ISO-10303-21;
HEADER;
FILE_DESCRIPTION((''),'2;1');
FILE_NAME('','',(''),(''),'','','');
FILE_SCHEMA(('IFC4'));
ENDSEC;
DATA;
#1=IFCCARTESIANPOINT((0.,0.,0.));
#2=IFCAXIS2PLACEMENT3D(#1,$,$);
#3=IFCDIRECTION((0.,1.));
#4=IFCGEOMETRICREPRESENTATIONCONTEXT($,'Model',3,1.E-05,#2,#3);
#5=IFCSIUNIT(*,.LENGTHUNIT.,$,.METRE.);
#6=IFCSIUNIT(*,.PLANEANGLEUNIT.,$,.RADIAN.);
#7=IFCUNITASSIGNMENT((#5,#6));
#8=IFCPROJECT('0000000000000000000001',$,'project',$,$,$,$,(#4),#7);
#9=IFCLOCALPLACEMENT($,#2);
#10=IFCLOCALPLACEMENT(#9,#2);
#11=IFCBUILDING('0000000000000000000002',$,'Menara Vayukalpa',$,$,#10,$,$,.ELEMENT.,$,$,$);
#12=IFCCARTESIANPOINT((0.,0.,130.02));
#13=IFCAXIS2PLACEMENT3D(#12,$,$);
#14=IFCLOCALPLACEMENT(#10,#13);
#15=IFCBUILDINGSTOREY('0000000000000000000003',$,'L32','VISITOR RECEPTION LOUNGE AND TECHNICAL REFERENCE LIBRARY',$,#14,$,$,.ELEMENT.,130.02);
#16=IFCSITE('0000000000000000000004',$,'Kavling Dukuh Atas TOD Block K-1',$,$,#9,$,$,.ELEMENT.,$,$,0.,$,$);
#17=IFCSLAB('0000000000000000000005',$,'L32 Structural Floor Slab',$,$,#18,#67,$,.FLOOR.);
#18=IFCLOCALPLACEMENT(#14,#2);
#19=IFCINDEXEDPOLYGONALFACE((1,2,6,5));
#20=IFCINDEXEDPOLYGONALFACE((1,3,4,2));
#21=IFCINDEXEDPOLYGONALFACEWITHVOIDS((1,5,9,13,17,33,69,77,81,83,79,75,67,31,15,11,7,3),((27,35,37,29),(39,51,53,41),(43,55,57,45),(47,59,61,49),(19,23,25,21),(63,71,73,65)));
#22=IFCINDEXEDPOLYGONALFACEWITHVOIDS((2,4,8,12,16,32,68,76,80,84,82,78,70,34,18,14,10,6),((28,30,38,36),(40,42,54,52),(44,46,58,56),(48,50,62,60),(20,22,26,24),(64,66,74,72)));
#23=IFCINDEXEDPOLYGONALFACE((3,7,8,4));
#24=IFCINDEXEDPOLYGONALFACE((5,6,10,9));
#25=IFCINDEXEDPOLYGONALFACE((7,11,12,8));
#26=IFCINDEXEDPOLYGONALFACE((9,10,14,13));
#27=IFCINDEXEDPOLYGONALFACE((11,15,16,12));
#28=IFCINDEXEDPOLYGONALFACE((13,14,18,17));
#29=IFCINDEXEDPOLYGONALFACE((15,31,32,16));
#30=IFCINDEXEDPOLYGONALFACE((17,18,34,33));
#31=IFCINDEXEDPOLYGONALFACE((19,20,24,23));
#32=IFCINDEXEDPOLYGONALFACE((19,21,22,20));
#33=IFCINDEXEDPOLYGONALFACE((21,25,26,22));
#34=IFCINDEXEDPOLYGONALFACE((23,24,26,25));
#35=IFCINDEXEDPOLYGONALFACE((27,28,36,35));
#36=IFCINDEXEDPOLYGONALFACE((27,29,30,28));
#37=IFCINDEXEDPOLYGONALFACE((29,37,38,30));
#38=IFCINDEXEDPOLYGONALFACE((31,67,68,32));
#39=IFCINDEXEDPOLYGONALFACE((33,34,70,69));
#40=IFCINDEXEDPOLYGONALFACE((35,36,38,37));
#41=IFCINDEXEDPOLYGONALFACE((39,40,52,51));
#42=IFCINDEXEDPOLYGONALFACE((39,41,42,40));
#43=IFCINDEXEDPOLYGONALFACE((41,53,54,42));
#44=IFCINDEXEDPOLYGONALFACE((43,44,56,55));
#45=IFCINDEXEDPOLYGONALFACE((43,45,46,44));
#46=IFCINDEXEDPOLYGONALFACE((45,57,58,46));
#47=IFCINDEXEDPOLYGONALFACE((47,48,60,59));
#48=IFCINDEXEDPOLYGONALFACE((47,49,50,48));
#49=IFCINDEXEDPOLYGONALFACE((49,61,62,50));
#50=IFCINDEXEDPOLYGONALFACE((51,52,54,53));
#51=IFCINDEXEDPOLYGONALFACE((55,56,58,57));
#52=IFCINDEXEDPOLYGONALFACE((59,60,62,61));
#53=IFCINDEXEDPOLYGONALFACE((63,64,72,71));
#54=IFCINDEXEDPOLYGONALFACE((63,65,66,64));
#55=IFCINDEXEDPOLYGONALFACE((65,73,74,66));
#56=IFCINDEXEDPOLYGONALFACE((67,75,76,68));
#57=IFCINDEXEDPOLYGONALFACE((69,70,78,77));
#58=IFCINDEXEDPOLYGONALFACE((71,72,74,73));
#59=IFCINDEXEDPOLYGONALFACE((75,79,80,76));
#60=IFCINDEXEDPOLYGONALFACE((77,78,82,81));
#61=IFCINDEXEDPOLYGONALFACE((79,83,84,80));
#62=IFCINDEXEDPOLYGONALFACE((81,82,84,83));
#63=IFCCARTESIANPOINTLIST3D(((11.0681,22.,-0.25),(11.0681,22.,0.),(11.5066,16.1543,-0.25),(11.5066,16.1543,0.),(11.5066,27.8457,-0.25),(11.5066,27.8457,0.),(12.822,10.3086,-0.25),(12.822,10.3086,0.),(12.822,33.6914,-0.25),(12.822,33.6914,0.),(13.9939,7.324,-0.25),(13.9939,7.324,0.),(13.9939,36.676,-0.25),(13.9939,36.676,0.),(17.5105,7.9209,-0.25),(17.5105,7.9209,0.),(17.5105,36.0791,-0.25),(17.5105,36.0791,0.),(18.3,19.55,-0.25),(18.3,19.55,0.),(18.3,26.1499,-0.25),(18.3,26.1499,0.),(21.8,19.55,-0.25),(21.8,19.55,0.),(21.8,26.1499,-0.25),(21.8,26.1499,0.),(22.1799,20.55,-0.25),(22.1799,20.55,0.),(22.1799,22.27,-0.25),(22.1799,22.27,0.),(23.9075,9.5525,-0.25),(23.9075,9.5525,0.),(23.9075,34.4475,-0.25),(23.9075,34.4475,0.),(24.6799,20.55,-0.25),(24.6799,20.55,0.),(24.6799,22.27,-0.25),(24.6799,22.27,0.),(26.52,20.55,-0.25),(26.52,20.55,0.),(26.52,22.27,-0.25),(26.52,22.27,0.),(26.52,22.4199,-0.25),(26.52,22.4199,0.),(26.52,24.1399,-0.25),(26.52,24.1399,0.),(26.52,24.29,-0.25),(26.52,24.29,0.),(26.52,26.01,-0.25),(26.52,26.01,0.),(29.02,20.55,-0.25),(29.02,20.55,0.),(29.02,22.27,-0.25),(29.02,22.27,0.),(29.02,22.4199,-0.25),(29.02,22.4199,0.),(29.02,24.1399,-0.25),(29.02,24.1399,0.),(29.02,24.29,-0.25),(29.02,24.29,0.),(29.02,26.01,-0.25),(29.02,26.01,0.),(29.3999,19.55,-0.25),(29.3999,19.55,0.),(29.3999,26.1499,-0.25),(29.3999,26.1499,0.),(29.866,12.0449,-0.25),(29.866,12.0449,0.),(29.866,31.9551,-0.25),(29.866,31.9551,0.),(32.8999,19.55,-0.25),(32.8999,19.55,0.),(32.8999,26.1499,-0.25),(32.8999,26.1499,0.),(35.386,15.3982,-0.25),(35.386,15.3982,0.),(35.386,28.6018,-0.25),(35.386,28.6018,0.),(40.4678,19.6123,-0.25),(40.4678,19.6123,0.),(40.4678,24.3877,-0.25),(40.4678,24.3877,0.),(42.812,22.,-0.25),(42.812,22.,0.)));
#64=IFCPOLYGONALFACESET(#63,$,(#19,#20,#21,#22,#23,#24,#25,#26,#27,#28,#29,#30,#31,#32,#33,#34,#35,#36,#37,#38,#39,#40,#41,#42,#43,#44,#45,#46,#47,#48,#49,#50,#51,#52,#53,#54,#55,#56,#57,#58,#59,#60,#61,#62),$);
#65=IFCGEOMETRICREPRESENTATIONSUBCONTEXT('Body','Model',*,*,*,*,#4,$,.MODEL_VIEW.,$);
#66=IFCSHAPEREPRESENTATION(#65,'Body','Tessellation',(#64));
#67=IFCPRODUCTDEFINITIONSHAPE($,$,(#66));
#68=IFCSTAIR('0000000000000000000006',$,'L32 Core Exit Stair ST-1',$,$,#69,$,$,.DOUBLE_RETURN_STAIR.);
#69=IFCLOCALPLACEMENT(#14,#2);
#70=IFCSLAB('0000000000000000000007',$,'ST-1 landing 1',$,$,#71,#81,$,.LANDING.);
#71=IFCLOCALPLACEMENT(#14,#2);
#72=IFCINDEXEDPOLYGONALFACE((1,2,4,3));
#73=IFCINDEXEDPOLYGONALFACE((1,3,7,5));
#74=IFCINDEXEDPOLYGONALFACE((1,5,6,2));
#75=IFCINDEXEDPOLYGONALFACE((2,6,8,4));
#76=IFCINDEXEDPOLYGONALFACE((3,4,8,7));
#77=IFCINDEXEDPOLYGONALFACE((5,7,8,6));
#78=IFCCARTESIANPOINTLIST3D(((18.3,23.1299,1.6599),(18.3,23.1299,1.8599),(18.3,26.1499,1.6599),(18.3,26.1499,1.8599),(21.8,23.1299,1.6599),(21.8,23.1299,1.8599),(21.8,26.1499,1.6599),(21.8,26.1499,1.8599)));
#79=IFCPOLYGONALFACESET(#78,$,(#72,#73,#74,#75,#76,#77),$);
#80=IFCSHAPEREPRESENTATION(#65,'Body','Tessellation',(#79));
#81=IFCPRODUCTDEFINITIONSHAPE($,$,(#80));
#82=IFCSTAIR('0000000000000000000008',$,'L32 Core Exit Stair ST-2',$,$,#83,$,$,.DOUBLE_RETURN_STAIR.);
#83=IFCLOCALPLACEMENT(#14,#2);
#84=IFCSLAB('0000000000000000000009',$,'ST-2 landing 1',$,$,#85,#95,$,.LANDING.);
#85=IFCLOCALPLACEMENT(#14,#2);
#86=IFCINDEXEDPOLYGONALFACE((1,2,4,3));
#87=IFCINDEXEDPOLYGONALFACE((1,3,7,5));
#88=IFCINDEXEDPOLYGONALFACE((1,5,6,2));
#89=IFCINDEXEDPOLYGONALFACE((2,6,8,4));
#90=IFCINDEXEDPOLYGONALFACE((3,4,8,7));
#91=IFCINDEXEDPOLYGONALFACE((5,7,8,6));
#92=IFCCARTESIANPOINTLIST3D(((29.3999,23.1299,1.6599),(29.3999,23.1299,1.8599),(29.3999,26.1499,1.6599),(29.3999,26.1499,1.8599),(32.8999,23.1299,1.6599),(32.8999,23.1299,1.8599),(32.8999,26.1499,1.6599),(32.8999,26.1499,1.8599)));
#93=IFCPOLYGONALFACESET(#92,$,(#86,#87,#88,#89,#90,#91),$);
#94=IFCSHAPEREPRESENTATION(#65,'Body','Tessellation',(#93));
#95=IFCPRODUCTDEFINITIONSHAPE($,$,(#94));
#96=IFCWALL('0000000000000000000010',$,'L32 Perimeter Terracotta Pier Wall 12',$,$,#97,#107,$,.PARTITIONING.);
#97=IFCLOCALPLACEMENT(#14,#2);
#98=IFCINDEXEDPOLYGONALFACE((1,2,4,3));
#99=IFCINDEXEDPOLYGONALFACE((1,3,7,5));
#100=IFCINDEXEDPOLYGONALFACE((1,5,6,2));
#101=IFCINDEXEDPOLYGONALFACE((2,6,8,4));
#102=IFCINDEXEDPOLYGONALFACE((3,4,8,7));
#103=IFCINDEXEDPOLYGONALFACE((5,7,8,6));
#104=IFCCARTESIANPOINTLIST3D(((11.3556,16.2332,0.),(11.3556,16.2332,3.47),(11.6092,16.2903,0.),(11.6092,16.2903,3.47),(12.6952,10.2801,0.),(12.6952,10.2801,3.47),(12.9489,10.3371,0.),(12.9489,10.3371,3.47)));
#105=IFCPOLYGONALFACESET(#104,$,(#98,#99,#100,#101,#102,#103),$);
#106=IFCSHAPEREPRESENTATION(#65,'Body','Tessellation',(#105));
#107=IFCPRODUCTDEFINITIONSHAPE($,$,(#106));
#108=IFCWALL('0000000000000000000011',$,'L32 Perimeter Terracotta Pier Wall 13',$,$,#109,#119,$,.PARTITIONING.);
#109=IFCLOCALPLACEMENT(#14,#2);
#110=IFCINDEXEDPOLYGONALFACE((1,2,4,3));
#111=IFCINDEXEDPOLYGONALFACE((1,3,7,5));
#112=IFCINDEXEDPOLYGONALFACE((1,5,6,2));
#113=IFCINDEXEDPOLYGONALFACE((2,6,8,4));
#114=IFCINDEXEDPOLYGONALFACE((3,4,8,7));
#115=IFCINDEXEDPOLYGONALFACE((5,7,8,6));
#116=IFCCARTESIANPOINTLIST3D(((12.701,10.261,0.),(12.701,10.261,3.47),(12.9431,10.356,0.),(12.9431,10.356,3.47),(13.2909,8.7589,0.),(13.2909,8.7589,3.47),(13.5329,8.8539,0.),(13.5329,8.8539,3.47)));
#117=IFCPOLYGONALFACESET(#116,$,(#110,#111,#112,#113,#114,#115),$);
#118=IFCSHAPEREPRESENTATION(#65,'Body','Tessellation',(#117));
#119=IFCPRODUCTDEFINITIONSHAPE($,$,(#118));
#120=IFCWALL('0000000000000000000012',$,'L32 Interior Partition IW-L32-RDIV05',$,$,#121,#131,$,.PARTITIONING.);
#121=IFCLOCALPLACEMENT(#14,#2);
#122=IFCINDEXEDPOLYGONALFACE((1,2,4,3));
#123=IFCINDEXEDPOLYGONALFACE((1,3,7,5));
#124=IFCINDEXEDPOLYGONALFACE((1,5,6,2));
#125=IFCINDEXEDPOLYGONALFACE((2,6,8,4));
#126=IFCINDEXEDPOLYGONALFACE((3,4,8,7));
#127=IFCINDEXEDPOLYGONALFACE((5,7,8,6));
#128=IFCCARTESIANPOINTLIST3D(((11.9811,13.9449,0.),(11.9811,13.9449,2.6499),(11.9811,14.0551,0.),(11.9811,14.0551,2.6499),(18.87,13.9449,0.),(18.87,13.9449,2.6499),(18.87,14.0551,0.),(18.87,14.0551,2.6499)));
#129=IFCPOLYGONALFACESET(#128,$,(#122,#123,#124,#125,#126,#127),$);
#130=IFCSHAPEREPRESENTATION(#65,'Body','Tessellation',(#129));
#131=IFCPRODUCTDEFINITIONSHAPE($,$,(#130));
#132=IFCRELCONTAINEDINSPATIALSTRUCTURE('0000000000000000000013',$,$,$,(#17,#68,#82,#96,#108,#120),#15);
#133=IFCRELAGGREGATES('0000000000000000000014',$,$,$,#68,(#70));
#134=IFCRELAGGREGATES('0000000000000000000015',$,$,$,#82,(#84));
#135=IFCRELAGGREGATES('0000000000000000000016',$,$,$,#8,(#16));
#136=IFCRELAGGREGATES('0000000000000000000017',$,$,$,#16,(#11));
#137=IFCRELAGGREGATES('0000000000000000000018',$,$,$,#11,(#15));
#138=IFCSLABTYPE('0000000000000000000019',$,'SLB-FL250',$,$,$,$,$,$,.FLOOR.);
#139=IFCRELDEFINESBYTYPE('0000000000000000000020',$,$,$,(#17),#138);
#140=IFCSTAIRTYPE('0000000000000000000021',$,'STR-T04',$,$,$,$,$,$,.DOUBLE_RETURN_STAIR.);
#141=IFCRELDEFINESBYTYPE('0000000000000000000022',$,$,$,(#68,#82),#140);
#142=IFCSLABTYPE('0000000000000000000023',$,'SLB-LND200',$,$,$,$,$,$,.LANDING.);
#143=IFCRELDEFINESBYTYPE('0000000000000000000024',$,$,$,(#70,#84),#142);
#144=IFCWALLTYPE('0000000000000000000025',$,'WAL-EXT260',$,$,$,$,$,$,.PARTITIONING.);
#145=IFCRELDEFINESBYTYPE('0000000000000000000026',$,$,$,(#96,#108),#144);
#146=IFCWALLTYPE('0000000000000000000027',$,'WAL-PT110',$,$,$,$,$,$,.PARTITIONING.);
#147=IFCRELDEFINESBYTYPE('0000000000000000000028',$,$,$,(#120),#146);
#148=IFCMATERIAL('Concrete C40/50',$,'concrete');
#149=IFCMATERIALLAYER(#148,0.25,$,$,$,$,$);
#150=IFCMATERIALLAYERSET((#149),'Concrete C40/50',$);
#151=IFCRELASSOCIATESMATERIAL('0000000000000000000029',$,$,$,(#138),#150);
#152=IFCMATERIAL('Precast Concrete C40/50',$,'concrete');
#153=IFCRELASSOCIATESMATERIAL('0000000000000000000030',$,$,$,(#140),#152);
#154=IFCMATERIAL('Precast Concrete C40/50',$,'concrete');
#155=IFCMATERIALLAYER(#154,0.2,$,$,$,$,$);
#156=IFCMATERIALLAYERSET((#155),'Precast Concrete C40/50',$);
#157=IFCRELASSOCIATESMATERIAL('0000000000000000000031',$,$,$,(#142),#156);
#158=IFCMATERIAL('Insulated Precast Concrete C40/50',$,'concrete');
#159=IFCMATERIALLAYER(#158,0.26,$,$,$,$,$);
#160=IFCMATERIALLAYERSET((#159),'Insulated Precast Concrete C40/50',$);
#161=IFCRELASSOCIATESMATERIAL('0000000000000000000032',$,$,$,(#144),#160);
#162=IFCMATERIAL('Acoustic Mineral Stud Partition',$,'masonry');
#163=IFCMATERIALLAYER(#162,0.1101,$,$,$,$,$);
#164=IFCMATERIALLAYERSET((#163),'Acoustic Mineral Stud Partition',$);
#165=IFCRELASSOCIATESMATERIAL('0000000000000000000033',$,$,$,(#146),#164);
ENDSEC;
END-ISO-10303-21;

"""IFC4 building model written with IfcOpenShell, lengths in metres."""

from ifc_helpers import new_model, si_unit, direction, frame, frame_2d, origin, place, context, subcontext, project, spatial, polyline, rectangle, outline, extrude, material, layer, layer_set, type_object, element, aggregate, save


model = new_model("IFC4")

# Units and contexts
model_context = context("Model", 3, precision=1e-05, world=origin(), true_north=direction((0.0, 1.0)))
body_context = subcontext(model_context, "Body", "Model", "MODEL_VIEW")
ifc_project = project(units=[si_unit("LENGTHUNIT", "METRE"), si_unit("PLANEANGLEUNIT", "RADIAN")], contexts=[model_context])

# Site, building, storey
site_placement = place(None, origin())
site = spatial("IfcSite", under=ifc_project, at=site_placement, Name="Kavling Dukuh Atas TOD Block K-1", CompositionType="ELEMENT", RefElevation=0.0)
building_placement = place(site_placement, origin())
building = spatial("IfcBuilding", under=site, at=building_placement, Name="Menara Vayukalpa", CompositionType="ELEMENT")
storey_placement = place(building_placement, frame((0.0, 0.0, 130.02)))
storey = spatial("IfcBuildingStorey", under=building, at=storey_placement, Name="L32", Description="VISITOR RECEPTION LOUNGE AND TECHNICAL REFERENCE LIBRARY", CompositionType="ELEMENT", Elevation=130.02)

# Slab
ifc_material_1 = material(Name="Concrete C40/50", Category="concrete")
ifc_layer_1 = layer(ifc_material_1, 0.25)
ifc_layer_set_1 = layer_set([ifc_layer_1], Name="Concrete C40/50")
slab_type_1 = type_object("IfcSlabType", Name="SLB-FL250", PredefinedType="FLOOR", material=ifc_layer_set_1)
slab_1_placement = place(storey_placement, frame((0.0, 0.0, -0.25)))
element("IfcSlab", 1, at=slab_1_placement, inside=storey, type_object=slab_type_1, Name="L32 Structural Floor Slab", PredefinedType="FLOOR", context=body_context, shape_type="SweptSolid", body=[
    extrude(outline(polyline([(40.4678, 19.6123), (42.812, 22.0), (40.4678, 24.3877), (35.386, 28.6018), (29.866, 31.9551), (23.9075, 34.4475), (17.5105, 36.0791), (13.9939, 36.676), (12.822, 33.6914), (11.5066, 27.8457), (11.0681, 22.0), (11.5066, 16.1543), (12.822, 10.3086), (13.9939, 7.324), (17.5105, 7.9209), (23.9075, 9.5525), (29.866, 12.0449), (35.386, 15.3982), (40.4678, 19.6123)]), holes=[polyline([(21.8, 19.55), (21.8, 26.1499), (18.3, 26.1499), (18.3, 19.55), (21.8, 19.55)]), polyline([(32.8999, 19.55), (32.8999, 26.1499), (29.3999, 26.1499), (29.3999, 19.55), (32.8999, 19.55)]), polyline([(22.1799, 20.55), (24.6799, 20.55), (24.6799, 22.27), (22.1799, 22.27), (22.1799, 20.55)]), polyline([(26.52, 20.55), (29.02, 20.55), (29.02, 22.27), (26.52, 22.27), (26.52, 20.55)]), polyline([(26.52, 24.29), (29.02, 24.29), (29.02, 26.01), (26.52, 26.01), (26.52, 24.29)]), polyline([(26.52, 22.4199), (29.02, 22.4199), (29.02, 24.1399), (26.52, 24.1399), (26.52, 22.4199)])]), origin(), (0.0, 0.0, 1.0), 0.25),
])

# Stairs, slabs
ifc_material_2 = material(Name="Precast Concrete C40/50", Category="concrete")
stair_type = type_object("IfcStairType", Name="STR-T04", PredefinedType="DOUBLE_RETURN_STAIR", material=ifc_material_2)
stair_1_placement = place(storey_placement, origin())
stair_1 = element("IfcStair", 2, at=stair_1_placement, inside=storey, type_object=stair_type, Name="L32 Core Exit Stair ST-1", PredefinedType="DOUBLE_RETURN_STAIR")
ifc_material_3 = material(Name="Precast Concrete C40/50", Category="concrete")
ifc_layer_2 = layer(ifc_material_3, 0.2)
ifc_layer_set_2 = layer_set([ifc_layer_2], Name="Precast Concrete C40/50")
slab_type_2 = type_object("IfcSlabType", Name="SLB-LND200", PredefinedType="LANDING", material=ifc_layer_set_2)
slab_2_placement = place(storey_placement, frame((0.0, 0.0, 1.6599)))
slab_2 = element("IfcSlab", 3, at=slab_2_placement, type_object=slab_type_2, Name="ST-1 landing 1", PredefinedType="LANDING", context=body_context, shape_type="SweptSolid", body=[
    extrude(outline(polyline([(21.8, 23.1299), (21.8, 26.1499), (18.3, 26.1499), (18.3, 23.1299), (21.8, 23.1299)])), origin(), (0.0, 0.0, 1.0), 0.2),
])
aggregate(stair_1, [slab_2])
stair_2_placement = place(storey_placement, origin())
stair_2 = element("IfcStair", 4, at=stair_2_placement, inside=storey, type_object=stair_type, Name="L32 Core Exit Stair ST-2", PredefinedType="DOUBLE_RETURN_STAIR")
slab_3_placement = place(storey_placement, frame((0.0, 0.0, 1.6599)))
slab_3 = element("IfcSlab", 5, at=slab_3_placement, type_object=slab_type_2, Name="ST-2 landing 1", PredefinedType="LANDING", context=body_context, shape_type="SweptSolid", body=[
    extrude(outline(polyline([(32.8999, 23.1299), (32.8999, 26.1499), (29.3999, 26.1499), (29.3999, 23.1299), (32.8999, 23.1299)])), origin(), (0.0, 0.0, 1.0), 0.2),
])
aggregate(stair_2, [slab_3])

# Walls
ifc_material_4 = material(Name="Insulated Precast Concrete C40/50", Category="concrete")
ifc_layer_3 = layer(ifc_material_4, 0.26)
ifc_layer_set_3 = layer_set([ifc_layer_3], Name="Insulated Precast Concrete C40/50")
wall_type_1 = type_object("IfcWallType", Name="WAL-EXT260", PredefinedType="PARTITIONING", material=ifc_layer_set_3)
wall_1_placement = place(storey_placement, frame((12.822, 10.3086, 0.0), z_axis=(0.0, 0.0, 1.0), x_axis=(-0.219535, 0.975605, 0.0)))
element("IfcWall", 6, at=wall_1_placement, inside=storey, type_object=wall_type_1, Name="L32 Perimeter Terracotta Pier Wall 12", PredefinedType="PARTITIONING", context=body_context, shape_type="SweptSolid", body=[
    extrude(rectangle(XDim=6.1021, YDim=0.26, at=frame_2d((3.051, 0.0))), origin(), (0.0, 0.0, 1.0), 3.47),
])
wall_2_placement = place(storey_placement, frame((13.4119, 8.8064, 0.0), z_axis=(0.0, 0.0, 1.0), x_axis=(-0.365489, 0.930816, 0.0)))
element("IfcWall", 7, at=wall_2_placement, inside=storey, type_object=wall_type_1, Name="L32 Perimeter Terracotta Pier Wall 13", PredefinedType="PARTITIONING", context=body_context, shape_type="SweptSolid", body=[
    extrude(rectangle(XDim=1.6138, YDim=0.26, at=frame_2d((0.8069, 0.0))), origin(), (0.0, 0.0, 1.0), 3.47),
])
ifc_material_5 = material(Name="Acoustic Mineral Stud Partition", Category="masonry")
ifc_layer_4 = layer(ifc_material_5, 0.1101)
ifc_layer_set_4 = layer_set([ifc_layer_4], Name="Acoustic Mineral Stud Partition")
wall_type_2 = type_object("IfcWallType", Name="WAL-PT110", PredefinedType="PARTITIONING", material=ifc_layer_set_4)
wall_3_placement = place(storey_placement, frame((11.9812, 14.0, 0.0), z_axis=(0.0, 0.0, 1.0), x_axis=(1.0, 0.0, 0.0)))
element("IfcWall", 8, at=wall_3_placement, inside=storey, type_object=wall_type_2, Name="L32 Interior Partition IW-L32-RDIV05", PredefinedType="PARTITIONING", context=body_context, shape_type="SweptSolid", body=[
    extrude(rectangle(XDim=6.8889, YDim=0.1101, at=frame_2d((3.4443, 0.0))), origin(), (0.0, 0.0, 1.0), 2.6499),
])

save(model, "model.ifc")
